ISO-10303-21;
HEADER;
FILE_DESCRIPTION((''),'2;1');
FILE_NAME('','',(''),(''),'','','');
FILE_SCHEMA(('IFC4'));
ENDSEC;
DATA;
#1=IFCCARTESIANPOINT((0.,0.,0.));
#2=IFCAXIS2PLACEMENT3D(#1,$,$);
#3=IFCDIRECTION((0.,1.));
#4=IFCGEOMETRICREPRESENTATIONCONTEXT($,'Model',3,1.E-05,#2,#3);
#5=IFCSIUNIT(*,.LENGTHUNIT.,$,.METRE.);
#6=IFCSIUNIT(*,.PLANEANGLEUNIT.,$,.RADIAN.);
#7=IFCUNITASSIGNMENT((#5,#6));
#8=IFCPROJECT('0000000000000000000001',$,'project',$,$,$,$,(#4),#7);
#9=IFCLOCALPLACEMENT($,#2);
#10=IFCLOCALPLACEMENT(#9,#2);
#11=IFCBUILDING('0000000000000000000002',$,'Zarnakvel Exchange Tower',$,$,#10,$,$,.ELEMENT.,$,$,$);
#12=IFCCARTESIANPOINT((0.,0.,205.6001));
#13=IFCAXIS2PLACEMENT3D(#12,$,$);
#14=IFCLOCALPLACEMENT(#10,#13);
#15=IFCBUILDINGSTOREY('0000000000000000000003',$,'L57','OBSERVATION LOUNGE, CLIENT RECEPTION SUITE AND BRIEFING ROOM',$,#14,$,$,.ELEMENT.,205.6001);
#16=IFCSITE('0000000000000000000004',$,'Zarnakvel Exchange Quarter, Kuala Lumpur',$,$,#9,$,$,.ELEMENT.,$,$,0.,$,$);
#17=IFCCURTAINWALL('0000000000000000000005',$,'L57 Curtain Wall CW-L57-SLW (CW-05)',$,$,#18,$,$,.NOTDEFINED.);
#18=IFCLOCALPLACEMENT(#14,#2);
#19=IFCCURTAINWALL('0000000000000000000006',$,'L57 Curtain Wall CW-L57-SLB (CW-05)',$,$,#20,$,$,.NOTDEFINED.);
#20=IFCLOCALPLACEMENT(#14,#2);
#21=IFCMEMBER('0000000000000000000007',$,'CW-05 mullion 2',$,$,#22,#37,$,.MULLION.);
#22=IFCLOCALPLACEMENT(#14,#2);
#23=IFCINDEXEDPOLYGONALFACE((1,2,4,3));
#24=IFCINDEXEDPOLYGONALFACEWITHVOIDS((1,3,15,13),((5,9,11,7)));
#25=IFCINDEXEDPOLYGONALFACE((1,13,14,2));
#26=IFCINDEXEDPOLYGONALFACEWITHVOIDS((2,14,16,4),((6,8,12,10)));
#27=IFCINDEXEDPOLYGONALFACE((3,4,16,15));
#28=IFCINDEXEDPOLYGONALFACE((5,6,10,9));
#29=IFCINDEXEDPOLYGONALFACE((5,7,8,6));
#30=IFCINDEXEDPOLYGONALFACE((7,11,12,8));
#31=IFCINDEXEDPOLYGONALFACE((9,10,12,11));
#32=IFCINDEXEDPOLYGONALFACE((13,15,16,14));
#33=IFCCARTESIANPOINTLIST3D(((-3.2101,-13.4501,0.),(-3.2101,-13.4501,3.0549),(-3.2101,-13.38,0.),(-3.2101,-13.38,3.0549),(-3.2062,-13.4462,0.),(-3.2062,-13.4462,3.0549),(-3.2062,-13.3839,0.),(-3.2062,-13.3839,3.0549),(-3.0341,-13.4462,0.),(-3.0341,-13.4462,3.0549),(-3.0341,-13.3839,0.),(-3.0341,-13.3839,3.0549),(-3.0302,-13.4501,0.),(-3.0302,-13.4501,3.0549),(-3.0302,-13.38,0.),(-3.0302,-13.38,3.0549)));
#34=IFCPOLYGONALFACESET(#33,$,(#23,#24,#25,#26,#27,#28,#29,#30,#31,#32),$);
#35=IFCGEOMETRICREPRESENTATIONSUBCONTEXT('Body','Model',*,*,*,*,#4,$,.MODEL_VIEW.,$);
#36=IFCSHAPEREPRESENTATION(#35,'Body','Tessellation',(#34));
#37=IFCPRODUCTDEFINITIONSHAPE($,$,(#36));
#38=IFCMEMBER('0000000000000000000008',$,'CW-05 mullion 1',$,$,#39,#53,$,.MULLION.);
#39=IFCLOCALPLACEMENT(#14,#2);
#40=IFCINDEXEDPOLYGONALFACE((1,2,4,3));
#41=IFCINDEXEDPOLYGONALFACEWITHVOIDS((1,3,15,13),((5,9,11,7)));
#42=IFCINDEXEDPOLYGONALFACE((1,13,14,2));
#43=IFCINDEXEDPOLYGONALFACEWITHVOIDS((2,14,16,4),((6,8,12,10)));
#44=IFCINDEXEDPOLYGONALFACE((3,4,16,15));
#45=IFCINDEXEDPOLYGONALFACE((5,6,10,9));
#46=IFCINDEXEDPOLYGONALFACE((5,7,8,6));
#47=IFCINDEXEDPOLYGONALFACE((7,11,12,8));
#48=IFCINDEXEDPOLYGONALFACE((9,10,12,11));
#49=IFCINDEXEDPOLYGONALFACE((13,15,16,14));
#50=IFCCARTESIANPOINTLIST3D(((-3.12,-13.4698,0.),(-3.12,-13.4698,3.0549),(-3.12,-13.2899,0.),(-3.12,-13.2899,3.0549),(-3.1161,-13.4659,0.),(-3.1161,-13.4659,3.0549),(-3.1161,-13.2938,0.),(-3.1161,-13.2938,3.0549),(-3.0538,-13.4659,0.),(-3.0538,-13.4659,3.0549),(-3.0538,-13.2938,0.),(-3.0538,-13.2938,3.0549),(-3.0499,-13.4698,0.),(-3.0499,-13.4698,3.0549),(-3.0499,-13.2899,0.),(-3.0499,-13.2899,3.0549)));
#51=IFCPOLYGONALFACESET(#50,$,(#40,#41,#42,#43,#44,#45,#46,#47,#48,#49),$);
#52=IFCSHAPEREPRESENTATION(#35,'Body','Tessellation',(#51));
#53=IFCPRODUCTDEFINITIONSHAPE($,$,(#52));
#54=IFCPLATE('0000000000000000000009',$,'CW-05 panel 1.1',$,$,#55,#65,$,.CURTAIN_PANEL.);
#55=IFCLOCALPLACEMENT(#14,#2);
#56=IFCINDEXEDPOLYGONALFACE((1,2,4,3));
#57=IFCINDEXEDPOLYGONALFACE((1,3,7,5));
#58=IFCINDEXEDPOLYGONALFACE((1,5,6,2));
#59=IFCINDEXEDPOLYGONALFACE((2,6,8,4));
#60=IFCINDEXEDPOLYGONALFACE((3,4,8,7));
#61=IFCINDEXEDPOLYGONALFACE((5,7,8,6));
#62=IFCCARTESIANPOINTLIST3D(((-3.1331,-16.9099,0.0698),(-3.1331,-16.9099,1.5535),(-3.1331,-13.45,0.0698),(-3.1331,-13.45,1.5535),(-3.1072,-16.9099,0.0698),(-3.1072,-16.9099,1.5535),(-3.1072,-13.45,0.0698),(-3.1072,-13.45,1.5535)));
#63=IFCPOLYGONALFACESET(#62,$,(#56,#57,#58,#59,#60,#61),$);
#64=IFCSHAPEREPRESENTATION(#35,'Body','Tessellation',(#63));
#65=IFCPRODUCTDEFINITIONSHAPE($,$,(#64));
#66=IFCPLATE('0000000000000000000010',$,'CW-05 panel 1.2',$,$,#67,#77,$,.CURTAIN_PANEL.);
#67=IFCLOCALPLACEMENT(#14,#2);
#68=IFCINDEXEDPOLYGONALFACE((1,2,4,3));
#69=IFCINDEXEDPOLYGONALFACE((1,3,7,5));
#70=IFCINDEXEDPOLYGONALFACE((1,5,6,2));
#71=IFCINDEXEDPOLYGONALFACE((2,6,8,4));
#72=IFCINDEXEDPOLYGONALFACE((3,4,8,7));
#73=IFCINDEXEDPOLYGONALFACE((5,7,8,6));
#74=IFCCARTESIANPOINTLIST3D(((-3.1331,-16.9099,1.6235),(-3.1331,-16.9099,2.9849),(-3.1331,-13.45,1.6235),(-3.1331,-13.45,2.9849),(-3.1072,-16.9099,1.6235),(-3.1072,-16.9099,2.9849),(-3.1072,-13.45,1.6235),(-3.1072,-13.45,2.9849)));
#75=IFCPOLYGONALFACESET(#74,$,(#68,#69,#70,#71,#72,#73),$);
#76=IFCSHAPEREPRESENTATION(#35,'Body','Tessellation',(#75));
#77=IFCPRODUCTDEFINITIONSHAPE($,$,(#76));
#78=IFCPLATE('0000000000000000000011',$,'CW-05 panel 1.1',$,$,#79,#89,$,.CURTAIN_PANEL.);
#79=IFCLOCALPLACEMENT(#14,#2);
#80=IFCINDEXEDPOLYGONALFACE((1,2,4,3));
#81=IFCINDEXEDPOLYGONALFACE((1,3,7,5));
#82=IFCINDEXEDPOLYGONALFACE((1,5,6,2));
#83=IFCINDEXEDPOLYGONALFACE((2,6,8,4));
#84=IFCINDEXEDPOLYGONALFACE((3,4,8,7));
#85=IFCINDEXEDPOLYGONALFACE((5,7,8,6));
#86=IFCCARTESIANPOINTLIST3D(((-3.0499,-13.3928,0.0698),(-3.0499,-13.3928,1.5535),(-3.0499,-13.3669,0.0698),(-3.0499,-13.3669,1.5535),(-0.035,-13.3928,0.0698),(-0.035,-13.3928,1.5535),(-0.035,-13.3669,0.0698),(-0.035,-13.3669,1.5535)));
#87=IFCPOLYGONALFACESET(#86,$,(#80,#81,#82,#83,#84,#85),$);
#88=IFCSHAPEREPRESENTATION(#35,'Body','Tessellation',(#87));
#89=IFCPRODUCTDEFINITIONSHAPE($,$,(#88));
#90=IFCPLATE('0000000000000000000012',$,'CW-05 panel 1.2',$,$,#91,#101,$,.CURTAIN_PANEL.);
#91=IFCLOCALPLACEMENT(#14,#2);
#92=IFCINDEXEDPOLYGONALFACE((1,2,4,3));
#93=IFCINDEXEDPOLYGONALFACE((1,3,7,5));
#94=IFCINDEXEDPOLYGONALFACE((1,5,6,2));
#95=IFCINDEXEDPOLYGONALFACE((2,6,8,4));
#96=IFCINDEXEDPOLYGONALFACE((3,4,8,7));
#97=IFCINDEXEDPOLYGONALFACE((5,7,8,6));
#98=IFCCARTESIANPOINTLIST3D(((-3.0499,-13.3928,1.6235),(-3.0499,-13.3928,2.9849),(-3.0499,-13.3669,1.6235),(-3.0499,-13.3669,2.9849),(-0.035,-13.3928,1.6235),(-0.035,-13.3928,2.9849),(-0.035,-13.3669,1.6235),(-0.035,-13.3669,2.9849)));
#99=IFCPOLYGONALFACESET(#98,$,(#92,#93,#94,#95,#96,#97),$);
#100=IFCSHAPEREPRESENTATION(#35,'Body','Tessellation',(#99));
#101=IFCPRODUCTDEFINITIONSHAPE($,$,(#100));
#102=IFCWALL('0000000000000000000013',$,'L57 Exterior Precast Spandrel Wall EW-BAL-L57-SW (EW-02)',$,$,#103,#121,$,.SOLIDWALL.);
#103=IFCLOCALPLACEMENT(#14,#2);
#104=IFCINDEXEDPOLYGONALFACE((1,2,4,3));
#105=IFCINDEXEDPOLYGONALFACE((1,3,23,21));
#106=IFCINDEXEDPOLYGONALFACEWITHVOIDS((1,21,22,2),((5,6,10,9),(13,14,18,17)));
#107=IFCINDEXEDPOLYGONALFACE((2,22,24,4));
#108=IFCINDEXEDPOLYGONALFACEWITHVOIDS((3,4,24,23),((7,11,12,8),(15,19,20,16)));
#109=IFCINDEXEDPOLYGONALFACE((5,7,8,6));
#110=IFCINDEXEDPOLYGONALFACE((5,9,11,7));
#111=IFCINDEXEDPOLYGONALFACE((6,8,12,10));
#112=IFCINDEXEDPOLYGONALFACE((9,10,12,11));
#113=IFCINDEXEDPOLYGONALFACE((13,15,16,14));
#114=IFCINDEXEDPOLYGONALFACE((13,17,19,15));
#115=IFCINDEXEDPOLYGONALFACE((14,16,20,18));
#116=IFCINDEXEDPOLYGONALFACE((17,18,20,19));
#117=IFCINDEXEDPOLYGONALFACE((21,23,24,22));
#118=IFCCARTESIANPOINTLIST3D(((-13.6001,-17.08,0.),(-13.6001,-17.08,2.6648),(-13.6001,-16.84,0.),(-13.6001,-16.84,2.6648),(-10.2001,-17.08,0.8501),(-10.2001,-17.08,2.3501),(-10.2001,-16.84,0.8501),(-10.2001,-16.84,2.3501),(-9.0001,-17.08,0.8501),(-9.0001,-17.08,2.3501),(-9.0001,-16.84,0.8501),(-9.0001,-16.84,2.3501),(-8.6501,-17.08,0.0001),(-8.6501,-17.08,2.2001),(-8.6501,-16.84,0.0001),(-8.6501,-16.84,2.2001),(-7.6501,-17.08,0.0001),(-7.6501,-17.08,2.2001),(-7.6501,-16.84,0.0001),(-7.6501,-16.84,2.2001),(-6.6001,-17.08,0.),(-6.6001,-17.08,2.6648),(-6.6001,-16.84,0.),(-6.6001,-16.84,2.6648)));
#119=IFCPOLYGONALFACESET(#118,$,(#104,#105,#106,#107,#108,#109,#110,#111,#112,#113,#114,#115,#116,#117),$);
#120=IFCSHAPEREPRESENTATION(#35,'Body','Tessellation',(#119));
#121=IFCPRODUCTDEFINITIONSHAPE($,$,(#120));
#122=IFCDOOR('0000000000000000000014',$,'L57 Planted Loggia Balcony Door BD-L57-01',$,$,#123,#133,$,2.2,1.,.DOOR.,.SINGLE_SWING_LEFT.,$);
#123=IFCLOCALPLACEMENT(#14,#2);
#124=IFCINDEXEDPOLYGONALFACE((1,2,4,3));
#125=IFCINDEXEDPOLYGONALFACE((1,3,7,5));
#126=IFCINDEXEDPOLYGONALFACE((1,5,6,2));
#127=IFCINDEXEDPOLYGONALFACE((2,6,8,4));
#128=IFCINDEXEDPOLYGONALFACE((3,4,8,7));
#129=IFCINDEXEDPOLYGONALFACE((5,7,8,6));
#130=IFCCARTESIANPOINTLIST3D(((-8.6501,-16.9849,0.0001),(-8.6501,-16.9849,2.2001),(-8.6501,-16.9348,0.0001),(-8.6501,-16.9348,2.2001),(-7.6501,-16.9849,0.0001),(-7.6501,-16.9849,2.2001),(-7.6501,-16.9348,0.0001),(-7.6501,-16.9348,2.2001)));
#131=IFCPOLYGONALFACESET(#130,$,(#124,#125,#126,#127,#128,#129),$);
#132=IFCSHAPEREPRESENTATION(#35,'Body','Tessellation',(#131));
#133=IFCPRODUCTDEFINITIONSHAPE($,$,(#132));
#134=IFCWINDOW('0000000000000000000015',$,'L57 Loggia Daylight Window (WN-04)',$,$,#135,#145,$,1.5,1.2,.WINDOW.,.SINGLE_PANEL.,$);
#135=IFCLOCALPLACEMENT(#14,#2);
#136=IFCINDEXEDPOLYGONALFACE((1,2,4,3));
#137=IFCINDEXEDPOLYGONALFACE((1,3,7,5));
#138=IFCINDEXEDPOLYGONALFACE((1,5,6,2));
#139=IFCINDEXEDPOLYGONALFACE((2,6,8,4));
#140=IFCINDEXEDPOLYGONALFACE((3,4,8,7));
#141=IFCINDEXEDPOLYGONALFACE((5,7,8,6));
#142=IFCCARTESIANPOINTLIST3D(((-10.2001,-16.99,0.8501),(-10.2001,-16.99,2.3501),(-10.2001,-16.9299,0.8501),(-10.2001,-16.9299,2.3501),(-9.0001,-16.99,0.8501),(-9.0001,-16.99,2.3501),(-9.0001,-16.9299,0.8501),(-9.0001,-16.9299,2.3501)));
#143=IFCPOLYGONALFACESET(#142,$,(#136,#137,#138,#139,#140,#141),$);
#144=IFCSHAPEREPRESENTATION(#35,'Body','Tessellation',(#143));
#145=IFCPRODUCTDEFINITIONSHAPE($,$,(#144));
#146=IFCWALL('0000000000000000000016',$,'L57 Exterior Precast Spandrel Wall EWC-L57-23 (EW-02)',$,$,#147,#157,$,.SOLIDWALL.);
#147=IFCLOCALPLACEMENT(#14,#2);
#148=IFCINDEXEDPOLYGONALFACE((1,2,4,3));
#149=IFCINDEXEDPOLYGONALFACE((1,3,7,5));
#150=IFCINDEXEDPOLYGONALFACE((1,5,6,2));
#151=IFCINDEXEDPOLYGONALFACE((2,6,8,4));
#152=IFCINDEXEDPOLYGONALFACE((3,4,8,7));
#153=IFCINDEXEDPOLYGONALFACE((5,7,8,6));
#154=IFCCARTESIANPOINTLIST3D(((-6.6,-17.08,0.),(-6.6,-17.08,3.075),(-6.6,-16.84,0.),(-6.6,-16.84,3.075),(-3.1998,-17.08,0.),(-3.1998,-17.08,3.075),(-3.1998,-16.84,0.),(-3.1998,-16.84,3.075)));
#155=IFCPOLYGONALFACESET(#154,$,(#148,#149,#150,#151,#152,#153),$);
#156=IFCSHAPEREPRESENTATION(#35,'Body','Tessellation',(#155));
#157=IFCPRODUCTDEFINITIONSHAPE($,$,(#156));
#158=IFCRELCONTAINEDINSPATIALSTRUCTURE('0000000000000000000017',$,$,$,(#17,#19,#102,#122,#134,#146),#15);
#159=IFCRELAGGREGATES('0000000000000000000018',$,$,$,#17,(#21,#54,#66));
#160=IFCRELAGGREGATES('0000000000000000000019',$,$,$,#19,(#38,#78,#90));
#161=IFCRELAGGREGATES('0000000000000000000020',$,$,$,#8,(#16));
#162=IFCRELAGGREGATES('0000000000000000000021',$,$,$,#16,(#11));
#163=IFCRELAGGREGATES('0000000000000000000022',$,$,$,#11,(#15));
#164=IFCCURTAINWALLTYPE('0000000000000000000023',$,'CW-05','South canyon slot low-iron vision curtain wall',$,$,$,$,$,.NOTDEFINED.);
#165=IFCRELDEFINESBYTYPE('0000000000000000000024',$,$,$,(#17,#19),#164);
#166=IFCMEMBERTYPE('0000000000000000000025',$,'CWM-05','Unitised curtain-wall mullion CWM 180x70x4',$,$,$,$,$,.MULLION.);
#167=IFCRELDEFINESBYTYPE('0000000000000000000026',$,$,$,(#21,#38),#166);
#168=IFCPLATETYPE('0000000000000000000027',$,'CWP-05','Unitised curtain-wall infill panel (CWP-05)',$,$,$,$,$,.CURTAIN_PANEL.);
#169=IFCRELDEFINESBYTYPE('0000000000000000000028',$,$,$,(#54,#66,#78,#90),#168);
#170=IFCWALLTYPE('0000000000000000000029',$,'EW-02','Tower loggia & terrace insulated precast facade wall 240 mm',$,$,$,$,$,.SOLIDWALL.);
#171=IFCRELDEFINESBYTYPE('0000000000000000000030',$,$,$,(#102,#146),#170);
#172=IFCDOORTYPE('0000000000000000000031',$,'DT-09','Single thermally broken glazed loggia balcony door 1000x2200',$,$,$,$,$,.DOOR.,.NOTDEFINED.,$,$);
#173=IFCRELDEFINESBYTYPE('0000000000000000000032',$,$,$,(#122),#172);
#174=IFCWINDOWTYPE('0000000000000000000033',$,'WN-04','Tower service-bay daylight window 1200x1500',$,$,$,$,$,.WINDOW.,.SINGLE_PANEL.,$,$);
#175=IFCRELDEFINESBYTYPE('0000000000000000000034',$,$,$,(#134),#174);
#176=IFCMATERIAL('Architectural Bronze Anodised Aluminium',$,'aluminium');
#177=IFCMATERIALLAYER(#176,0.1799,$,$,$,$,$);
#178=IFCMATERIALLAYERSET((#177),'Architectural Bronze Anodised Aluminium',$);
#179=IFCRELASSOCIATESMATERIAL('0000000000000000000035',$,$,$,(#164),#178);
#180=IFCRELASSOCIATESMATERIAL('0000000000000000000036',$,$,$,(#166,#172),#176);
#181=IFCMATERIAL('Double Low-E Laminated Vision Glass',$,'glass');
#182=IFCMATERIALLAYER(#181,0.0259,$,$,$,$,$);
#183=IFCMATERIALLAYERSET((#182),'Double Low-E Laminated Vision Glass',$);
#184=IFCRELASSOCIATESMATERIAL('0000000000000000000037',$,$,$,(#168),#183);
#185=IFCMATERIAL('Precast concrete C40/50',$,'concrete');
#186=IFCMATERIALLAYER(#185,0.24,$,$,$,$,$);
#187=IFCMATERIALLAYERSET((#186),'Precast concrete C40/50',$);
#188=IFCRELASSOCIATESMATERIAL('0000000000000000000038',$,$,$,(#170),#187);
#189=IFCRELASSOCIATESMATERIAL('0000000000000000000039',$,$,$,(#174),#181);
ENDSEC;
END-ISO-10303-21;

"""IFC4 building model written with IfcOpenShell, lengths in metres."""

from ifc_helpers import new_model, si_unit, direction, frame, frame_2d, origin, origin_2d, place, context, subcontext, project, spatial, rectangle, hollow_rectangle, extrude, source, transform, mapped, material, layer, layer_set, material_profile, profile_set, type_object, element, fill, aggregate, save


model = new_model("IFC4")

# Units and contexts
model_context = context("Model", 3, precision=1e-05, world=origin(), true_north=direction((0.0, 1.0)))
body_context = subcontext(model_context, "Body", "Model", "MODEL_VIEW")
ifc_project = project(units=[si_unit("LENGTHUNIT", "METRE"), si_unit("PLANEANGLEUNIT", "RADIAN")], contexts=[model_context])

# Site, building, storey
site_placement = place(None, origin())
site = spatial("IfcSite", under=ifc_project, at=site_placement, Name="Zarnakvel Exchange Quarter, Kuala Lumpur", CompositionType="ELEMENT", RefElevation=0.0)
building_placement = place(site_placement, origin())
building = spatial("IfcBuilding", under=site, at=building_placement, Name="Zarnakvel Exchange Tower", CompositionType="ELEMENT")
storey_placement = place(building_placement, frame((0.0, 0.0, 205.6001)))
storey = spatial("IfcBuildingStorey", under=building, at=storey_placement, Name="L57", Description="OBSERVATION LOUNGE, CLIENT RECEPTION SUITE AND BRIEFING ROOM", CompositionType="ELEMENT", Elevation=205.6001)

# Curtain walls
ifc_material_1 = material(Name="Architectural Bronze Anodised Aluminium", Category="aluminium")
ifc_layer_1 = layer(ifc_material_1, 0.1799)
ifc_layer_set_1 = layer_set([ifc_layer_1], Name="Architectural Bronze Anodised Aluminium")
curtain_wall_type = type_object("IfcCurtainWallType", Name="CW-05", Description="South canyon slot low-iron vision curtain wall", PredefinedType="NOTDEFINED", material=ifc_layer_set_1)
curtain_wall_1_placement = place(storey_placement, origin())
curtain_wall_1 = element("IfcCurtainWall", 1, at=curtain_wall_1_placement, inside=storey, type_object=curtain_wall_type, Name="L57 Curtain Wall CW-L57-SLW (CW-05)", PredefinedType="NOTDEFINED")
curtain_wall_2_placement = place(storey_placement, origin())
curtain_wall_2 = element("IfcCurtainWall", 2, at=curtain_wall_2_placement, inside=storey, type_object=curtain_wall_type, Name="L57 Curtain Wall CW-L57-SLB (CW-05)", PredefinedType="NOTDEFINED")

# Members
ifc_material_profile_1 = material_profile(ifc_material_1, hollow_rectangle(XDim=0.1799, YDim=0.0701, WallThickness=0.0039, at=origin_2d()))
ifc_profile_set_1 = profile_set([ifc_material_profile_1], Name="Architectural Bronze Anodised Aluminium")
member_type_1 = type_object("IfcMemberType", Name="CWM-05", Description="Unitised curtain-wall mullion CWM 180x70x4", PredefinedType="MULLION", material=ifc_profile_set_1)
shared_shape_1 = source(origin(), body_context, "Body", "SweptSolid", [
    extrude(hollow_rectangle(XDim=0.1799, YDim=0.0701, WallThickness=0.0039, at=origin_2d()), origin(), (0.0, 0.0, 1.0), 3.0549),
])
member_1_placement = place(storey_placement, frame((-3.1201, -13.415, 0.0), z_axis=(0.0, 0.0, 1.0), x_axis=(-1.0, 0.0, 0.0)))
member_1 = element("IfcMember", 3, at=member_1_placement, type_object=member_type_1, Name="CW-05 mullion 2", PredefinedType="MULLION", context=body_context, shape_type="MappedRepresentation", body=[
    mapped(shared_shape_1, transform((0.0, 0.0, 0.0), x_axis=(1.0, 0.0, 0.0), y_axis=(0.0, 1.0, 0.0), z_axis=(0.0, 0.0, 1.0), scale=1.0)),
])
member_2_placement = place(storey_placement, frame((-3.085, -13.3799, 0.0), z_axis=(0.0, 0.0, 1.0), x_axis=(0.0, 1.0, 0.0)))
member_2 = element("IfcMember", 4, at=member_2_placement, type_object=member_type_1, Name="CW-05 mullion 1", PredefinedType="MULLION", context=body_context, shape_type="MappedRepresentation", body=[
    mapped(shared_shape_1, transform((0.0, 0.0, 0.0), x_axis=(1.0, 0.0, 0.0), y_axis=(0.0, 1.0, 0.0), z_axis=(0.0, 0.0, 1.0), scale=1.0)),
])

# Plates
ifc_material_2 = material(Name="Double Low-E Laminated Vision Glass", Category="glass")
ifc_layer_2 = layer(ifc_material_2, 0.0259)
ifc_layer_set_2 = layer_set([ifc_layer_2], Name="Double Low-E Laminated Vision Glass")
plate_type = type_object("IfcPlateType", Name="CWP-05", Description="Unitised curtain-wall infill panel (CWP-05)", PredefinedType="CURTAIN_PANEL", material=ifc_layer_set_2)
shared_shape_2 = source(origin(), body_context, "Body", "SweptSolid", [
    extrude(rectangle(XDim=3.46, YDim=0.0259, at=origin_2d()), origin(), (0.0, 0.0, 1.0), 1.4836),
])
plate_1_placement = place(storey_placement, frame((-3.1201, -15.1799, 0.0698), z_axis=(0.0, 0.0, 1.0), x_axis=(0.0, 1.0, 0.0)))
plate_1 = element("IfcPlate", 5, at=plate_1_placement, type_object=plate_type, Name="CW-05 panel 1.1", PredefinedType="CURTAIN_PANEL", context=body_context, shape_type="MappedRepresentation", body=[
    mapped(shared_shape_2, transform((0.0, 0.0, 0.0), x_axis=(1.0, 0.0, 0.0), y_axis=(0.0, 1.0, 0.0), z_axis=(0.0, 0.0, 1.0), scale=1.0)),
])
shared_shape_3 = source(origin(), body_context, "Body", "SweptSolid", [
    extrude(rectangle(XDim=3.46, YDim=0.0259, at=origin_2d()), origin(), (0.0, 0.0, 1.0), 1.3613),
])
plate_2_placement = place(storey_placement, frame((-3.1201, -15.1799, 1.6235), z_axis=(0.0, 0.0, 1.0), x_axis=(0.0, 1.0, 0.0)))
plate_2 = element("IfcPlate", 6, at=plate_2_placement, type_object=plate_type, Name="CW-05 panel 1.2", PredefinedType="CURTAIN_PANEL", context=body_context, shape_type="MappedRepresentation", body=[
    mapped(shared_shape_3, transform((0.0, 0.0, 0.0), x_axis=(1.0, 0.0, 0.0), y_axis=(0.0, 1.0, 0.0), z_axis=(0.0, 0.0, 1.0), scale=1.0)),
])
aggregate(curtain_wall_1, [member_1, plate_1, plate_2])
shared_shape_4 = source(origin(), body_context, "Body", "SweptSolid", [
    extrude(rectangle(XDim=3.0149, YDim=0.0259, at=origin_2d()), origin(), (0.0, 0.0, 1.0), 1.4836),
])
plate_3_placement = place(storey_placement, frame((-1.5425, -13.3799, 0.0698), z_axis=(0.0, 0.0, 1.0), x_axis=(1.0, 0.0, 0.0)))
plate_3 = element("IfcPlate", 7, at=plate_3_placement, type_object=plate_type, Name="CW-05 panel 1.1", PredefinedType="CURTAIN_PANEL", context=body_context, shape_type="MappedRepresentation", body=[
    mapped(shared_shape_4, transform((0.0, 0.0, 0.0), x_axis=(1.0, 0.0, 0.0), y_axis=(0.0, 1.0, 0.0), z_axis=(0.0, 0.0, 1.0), scale=1.0)),
])
shared_shape_5 = source(origin(), body_context, "Body", "SweptSolid", [
    extrude(rectangle(XDim=3.0149, YDim=0.0259, at=origin_2d()), origin(), (0.0, 0.0, 1.0), 1.3613),
])
plate_4_placement = place(storey_placement, frame((-1.5425, -13.3799, 1.6235), z_axis=(0.0, 0.0, 1.0), x_axis=(1.0, 0.0, 0.0)))
plate_4 = element("IfcPlate", 8, at=plate_4_placement, type_object=plate_type, Name="CW-05 panel 1.2", PredefinedType="CURTAIN_PANEL", context=body_context, shape_type="MappedRepresentation", body=[
    mapped(shared_shape_5, transform((0.0, 0.0, 0.0), x_axis=(1.0, 0.0, 0.0), y_axis=(0.0, 1.0, 0.0), z_axis=(0.0, 0.0, 1.0), scale=1.0)),
])
aggregate(curtain_wall_2, [member_2, plate_3, plate_4])

# Wall, openings, door, window
ifc_material_3 = material(Name="Precast concrete C40/50", Category="concrete")
ifc_layer_3 = layer(ifc_material_3, 0.24)
ifc_layer_set_3 = layer_set([ifc_layer_3], Name="Precast concrete C40/50")
wall_type = type_object("IfcWallType", Name="EW-02", Description="Tower loggia & terrace insulated precast facade wall 240 mm", PredefinedType="SOLIDWALL", material=ifc_layer_set_3)
wall_1_placement = place(storey_placement, frame((-6.6001, -16.96, 0.0), z_axis=(0.0, 0.0, 1.0), x_axis=(-1.0, 0.0, 0.0)))
wall_1 = element("IfcWall", 9, at=wall_1_placement, inside=storey, type_object=wall_type, Name="L57 Exterior Precast Spandrel Wall EW-BAL-L57-SW (EW-02)", PredefinedType="SOLIDWALL", context=body_context, shape_type="SweptSolid", body=[
    extrude(rectangle(XDim=7.0, YDim=0.24, at=frame_2d((3.5, 0.0))), origin(), (0.0, 0.0, 1.0), 2.6648),
])
opening_1_placement = place(wall_1_placement, frame((1.05, 0.0, 0.0)))
opening_1 = element("IfcOpeningElement", 10, at=opening_1_placement, cuts=wall_1, PredefinedType="OPENING", context=body_context, shape_type="SweptSolid", body=[
    extrude(rectangle(XDim=1.0, YDim=2.2, at=frame_2d((0.5, 1.1001))), frame((0.0, 0.1299, 0.0), z_axis=(0.0, -1.0, 0.0), x_axis=(1.0, 0.0, 0.0)), (0.0, 0.0, 1.0), 0.26),
])
opening_2_placement = place(wall_1_placement, frame((2.3999, 0.0, 0.8501)))
opening_2 = element("IfcOpeningElement", 11, at=opening_2_placement, cuts=wall_1, PredefinedType="OPENING", context=body_context, shape_type="SweptSolid", body=[
    extrude(rectangle(XDim=1.2, YDim=1.5, at=frame_2d((0.6001, 0.75))), frame((0.0, 0.1299, 0.0), z_axis=(0.0, -1.0, 0.0), x_axis=(1.0, 0.0, 0.0)), (0.0, 0.0, 1.0), 0.26),
])
door_type = type_object("IfcDoorType", Name="DT-09", Description="Single thermally broken glazed loggia balcony door 1000x2200", OperationType="NOTDEFINED", PredefinedType="DOOR", material=ifc_material_1)
shared_shape_6 = source(origin(), body_context, "Body", "SweptSolid", [
    extrude(rectangle(XDim=1.0, YDim=2.2, at=frame_2d((0.5, 1.1001))), frame((0.0, 0.0249, 0.0), z_axis=(0.0, -1.0, 0.0), x_axis=(1.0, 0.0, 0.0)), (0.0, 0.0, 1.0), 0.05),
])
door_placement = place(opening_1_placement, origin())
door = element("IfcDoor", 12, at=door_placement, inside=storey, type_object=door_type, Name="L57 Planted Loggia Balcony Door BD-L57-01", OperationType="SINGLE_SWING_LEFT", OverallHeight=2.2, OverallWidth=1.0, PredefinedType="DOOR", context=body_context, shape_type="MappedRepresentation", body=[
    mapped(shared_shape_6, transform((0.0, 0.0, 0.0), x_axis=(1.0, 0.0, 0.0), y_axis=(0.0, 1.0, 0.0), z_axis=(0.0, 0.0, 1.0), scale=1.0)),
])
fill(opening_1, door)
window_type = type_object("IfcWindowType", Name="WN-04", Description="Tower service-bay daylight window 1200x1500", PartitioningType="SINGLE_PANEL", PredefinedType="WINDOW", material=ifc_material_2)
shared_shape_7 = source(origin(), body_context, "Body", "SweptSolid", [
    extrude(rectangle(XDim=1.2, YDim=1.5, at=frame_2d((0.6001, 0.75))), frame((0.0, 0.03, 0.0), z_axis=(0.0, -1.0, 0.0), x_axis=(1.0, 0.0, 0.0)), (0.0, 0.0, 1.0), 0.0601),
])
window_placement = place(opening_2_placement, origin())
window = element("IfcWindow", 13, at=window_placement, inside=storey, type_object=window_type, Name="L57 Loggia Daylight Window (WN-04)", OverallHeight=1.5, OverallWidth=1.2, PartitioningType="SINGLE_PANEL", PredefinedType="WINDOW", context=body_context, shape_type="MappedRepresentation", body=[
    mapped(shared_shape_7, transform((0.0, 0.0, 0.0), x_axis=(1.0, 0.0, 0.0), y_axis=(0.0, 1.0, 0.0), z_axis=(0.0, 0.0, 1.0), scale=1.0)),
])
fill(opening_2, window)

# Wall
wall_2_placement = place(storey_placement, frame((-6.6001, -16.96, 0.0), z_axis=(0.0, 0.0, 1.0), x_axis=(1.0, 0.0, 0.0)))
element("IfcWall", 14, at=wall_2_placement, inside=storey, type_object=wall_type, Name="L57 Exterior Precast Spandrel Wall EWC-L57-23 (EW-02)", PredefinedType="SOLIDWALL", context=body_context, shape_type="SweptSolid", body=[
    extrude(rectangle(XDim=3.4001, YDim=0.24, at=frame_2d((1.7002, 0.0))), origin(), (0.0, 0.0, 1.0), 3.075),
])

save(model, "model.ifc")
